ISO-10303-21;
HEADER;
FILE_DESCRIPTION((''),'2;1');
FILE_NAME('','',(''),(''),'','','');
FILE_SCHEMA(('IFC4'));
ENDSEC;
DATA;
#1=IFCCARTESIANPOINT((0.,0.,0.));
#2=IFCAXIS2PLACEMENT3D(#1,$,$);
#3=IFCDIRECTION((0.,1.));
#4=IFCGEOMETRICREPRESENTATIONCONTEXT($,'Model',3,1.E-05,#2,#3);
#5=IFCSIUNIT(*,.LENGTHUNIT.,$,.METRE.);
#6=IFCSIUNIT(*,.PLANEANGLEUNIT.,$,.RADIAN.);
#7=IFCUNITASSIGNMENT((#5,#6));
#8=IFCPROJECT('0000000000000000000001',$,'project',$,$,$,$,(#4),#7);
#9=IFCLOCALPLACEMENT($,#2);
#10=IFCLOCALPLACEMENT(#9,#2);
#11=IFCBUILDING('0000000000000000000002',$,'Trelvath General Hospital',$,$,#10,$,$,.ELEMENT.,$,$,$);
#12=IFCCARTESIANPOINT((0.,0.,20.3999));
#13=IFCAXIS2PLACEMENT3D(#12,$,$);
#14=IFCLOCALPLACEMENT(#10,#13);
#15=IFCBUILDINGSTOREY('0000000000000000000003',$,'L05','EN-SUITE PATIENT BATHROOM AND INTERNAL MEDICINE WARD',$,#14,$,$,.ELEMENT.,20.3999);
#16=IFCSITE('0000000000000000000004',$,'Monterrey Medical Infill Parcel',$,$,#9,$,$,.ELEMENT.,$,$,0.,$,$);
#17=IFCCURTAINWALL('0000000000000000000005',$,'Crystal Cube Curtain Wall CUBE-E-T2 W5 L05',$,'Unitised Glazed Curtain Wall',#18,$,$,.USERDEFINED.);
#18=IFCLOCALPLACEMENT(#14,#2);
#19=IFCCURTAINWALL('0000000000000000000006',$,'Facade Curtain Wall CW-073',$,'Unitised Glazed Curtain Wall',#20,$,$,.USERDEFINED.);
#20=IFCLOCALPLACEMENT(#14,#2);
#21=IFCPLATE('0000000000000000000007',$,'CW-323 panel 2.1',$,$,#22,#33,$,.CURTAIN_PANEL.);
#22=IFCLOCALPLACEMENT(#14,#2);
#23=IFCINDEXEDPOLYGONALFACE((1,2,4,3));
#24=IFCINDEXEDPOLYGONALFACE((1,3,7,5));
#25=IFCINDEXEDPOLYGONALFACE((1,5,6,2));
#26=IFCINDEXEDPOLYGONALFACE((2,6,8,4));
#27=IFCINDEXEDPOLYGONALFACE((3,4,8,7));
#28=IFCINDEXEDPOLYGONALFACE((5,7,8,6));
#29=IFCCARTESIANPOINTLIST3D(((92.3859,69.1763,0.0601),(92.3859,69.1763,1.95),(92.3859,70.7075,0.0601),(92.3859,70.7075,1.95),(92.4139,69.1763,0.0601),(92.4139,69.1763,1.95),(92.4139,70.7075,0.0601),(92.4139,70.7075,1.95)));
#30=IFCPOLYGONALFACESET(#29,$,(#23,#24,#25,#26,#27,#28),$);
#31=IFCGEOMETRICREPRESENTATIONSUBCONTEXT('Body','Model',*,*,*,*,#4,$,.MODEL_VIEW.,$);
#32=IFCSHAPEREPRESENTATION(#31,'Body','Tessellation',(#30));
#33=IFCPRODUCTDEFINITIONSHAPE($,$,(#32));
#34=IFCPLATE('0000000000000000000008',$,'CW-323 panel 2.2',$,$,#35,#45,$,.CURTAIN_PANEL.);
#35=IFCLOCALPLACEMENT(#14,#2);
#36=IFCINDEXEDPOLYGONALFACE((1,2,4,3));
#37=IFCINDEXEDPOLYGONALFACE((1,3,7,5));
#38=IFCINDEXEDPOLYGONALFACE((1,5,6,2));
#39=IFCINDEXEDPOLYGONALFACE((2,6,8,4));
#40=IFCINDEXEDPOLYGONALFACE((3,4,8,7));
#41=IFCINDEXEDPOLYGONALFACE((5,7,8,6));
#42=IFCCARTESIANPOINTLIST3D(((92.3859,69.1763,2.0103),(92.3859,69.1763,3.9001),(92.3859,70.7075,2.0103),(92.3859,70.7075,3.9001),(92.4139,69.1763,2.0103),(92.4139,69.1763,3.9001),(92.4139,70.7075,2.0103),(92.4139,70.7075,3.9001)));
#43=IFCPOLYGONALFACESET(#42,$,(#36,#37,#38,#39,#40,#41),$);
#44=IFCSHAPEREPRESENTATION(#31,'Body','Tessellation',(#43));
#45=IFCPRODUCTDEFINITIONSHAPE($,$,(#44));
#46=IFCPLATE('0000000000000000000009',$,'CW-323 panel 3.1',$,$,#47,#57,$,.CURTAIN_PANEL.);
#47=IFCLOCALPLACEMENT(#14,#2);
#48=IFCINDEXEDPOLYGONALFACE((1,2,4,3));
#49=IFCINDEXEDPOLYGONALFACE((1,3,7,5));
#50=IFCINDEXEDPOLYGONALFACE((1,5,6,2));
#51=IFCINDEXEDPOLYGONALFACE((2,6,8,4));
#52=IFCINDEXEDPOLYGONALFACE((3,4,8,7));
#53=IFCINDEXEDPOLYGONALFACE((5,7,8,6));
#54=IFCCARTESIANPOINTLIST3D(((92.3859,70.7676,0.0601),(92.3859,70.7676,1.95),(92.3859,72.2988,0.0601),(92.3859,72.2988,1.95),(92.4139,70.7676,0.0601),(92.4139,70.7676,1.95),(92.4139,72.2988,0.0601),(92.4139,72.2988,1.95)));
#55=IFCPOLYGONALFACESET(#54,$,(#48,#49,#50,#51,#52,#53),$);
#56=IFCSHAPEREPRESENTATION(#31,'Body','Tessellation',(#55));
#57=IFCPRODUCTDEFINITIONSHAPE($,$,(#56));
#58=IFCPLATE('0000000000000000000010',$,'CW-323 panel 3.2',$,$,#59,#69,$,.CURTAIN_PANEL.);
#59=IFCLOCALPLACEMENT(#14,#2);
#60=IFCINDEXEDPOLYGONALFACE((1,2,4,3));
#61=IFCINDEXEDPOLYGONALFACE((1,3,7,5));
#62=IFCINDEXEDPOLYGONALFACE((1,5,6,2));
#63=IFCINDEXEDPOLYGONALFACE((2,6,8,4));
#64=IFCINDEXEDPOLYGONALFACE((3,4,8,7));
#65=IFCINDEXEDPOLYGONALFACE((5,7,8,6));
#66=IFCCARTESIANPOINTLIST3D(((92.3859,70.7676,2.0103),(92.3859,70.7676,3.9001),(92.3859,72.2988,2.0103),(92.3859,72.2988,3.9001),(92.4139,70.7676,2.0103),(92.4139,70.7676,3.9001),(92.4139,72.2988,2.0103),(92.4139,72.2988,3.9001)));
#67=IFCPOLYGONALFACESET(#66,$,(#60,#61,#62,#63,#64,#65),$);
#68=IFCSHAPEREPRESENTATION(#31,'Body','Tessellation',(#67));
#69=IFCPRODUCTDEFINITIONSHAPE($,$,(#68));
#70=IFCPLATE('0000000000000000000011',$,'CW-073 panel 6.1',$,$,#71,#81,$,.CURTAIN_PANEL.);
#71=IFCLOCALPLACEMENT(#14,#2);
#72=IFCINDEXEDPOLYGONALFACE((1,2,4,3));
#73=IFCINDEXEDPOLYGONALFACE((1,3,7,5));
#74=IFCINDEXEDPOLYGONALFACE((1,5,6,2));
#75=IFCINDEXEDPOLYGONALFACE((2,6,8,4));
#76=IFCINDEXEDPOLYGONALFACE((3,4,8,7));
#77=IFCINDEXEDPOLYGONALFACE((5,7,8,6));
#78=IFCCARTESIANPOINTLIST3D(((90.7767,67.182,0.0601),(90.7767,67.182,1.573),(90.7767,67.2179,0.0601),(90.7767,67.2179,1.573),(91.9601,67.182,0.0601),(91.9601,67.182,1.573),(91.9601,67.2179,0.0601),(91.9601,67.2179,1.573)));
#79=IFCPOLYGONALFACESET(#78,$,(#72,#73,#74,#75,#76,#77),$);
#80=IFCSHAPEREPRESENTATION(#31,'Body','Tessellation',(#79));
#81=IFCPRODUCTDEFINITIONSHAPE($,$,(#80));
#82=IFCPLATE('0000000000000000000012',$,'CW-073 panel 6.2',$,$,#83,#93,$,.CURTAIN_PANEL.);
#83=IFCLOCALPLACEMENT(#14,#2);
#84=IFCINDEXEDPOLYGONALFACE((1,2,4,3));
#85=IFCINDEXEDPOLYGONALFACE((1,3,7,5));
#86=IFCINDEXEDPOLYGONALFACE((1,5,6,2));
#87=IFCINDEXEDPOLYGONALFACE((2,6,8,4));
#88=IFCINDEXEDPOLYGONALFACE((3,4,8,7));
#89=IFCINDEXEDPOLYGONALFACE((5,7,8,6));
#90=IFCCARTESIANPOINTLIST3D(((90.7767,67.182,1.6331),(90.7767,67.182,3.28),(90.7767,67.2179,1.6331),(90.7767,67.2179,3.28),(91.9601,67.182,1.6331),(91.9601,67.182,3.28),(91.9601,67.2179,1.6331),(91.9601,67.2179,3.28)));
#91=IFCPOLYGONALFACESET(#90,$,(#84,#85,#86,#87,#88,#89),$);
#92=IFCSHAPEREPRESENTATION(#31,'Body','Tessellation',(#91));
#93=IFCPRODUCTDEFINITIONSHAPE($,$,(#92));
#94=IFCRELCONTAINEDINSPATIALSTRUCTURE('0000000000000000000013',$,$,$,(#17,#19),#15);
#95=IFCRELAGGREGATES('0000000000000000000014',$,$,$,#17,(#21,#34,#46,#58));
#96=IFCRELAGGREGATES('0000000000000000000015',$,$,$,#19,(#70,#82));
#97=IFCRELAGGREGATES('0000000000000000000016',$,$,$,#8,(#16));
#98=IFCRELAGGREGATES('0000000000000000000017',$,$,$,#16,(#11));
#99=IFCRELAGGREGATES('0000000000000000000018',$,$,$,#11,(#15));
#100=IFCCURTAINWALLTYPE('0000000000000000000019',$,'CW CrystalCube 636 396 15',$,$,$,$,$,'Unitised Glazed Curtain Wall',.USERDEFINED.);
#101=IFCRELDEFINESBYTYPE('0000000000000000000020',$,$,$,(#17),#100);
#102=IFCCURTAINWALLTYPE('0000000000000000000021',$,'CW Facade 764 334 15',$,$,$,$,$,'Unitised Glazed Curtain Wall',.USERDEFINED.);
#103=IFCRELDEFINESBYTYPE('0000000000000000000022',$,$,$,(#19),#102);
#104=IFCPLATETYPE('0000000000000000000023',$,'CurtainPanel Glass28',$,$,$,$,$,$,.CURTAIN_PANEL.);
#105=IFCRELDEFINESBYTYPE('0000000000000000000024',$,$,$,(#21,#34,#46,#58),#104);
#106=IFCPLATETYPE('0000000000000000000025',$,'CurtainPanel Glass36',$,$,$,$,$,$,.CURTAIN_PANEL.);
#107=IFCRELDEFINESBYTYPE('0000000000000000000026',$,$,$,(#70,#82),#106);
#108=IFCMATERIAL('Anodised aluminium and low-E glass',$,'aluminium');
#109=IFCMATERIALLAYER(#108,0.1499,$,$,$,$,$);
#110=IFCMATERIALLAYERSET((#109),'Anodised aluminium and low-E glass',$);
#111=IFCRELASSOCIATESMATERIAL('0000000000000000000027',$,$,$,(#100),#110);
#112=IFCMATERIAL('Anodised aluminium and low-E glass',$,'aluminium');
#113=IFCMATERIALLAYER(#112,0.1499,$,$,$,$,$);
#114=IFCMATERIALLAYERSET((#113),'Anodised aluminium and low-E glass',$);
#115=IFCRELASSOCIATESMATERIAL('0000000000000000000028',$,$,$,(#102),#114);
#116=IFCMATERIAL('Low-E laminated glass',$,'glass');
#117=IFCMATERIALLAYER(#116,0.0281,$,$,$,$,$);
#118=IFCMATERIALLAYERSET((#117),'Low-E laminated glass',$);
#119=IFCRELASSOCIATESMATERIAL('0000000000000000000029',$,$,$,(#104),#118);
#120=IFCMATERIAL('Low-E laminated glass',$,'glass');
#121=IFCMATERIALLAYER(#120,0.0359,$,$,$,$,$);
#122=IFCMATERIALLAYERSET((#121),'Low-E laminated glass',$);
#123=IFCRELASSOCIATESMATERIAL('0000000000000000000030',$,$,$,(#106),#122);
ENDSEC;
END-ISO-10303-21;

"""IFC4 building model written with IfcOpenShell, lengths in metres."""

from ifc_helpers import new_model, si_unit, direction, frame, origin, origin_2d, place, context, subcontext, project, spatial, rectangle, extrude, material, layer, layer_set, type_object, element, aggregate, save


model = new_model("IFC4")

# Units and contexts
model_context = context("Model", 3, precision=1e-05, world=origin(), true_north=direction((0.0, 1.0)))
body_context = subcontext(model_context, "Body", "Model", "MODEL_VIEW")
ifc_project = project(units=[si_unit("LENGTHUNIT", "METRE"), si_unit("PLANEANGLEUNIT", "RADIAN")], contexts=[model_context])

# Site, building, storey
site_placement = place(None, origin())
site = spatial("IfcSite", under=ifc_project, at=site_placement, Name="Monterrey Medical Infill Parcel", CompositionType="ELEMENT", RefElevation=0.0)
building_placement = place(site_placement, origin())
building = spatial("IfcBuilding", under=site, at=building_placement, Name="Trelvath General Hospital", CompositionType="ELEMENT")
storey_placement = place(building_placement, frame((0.0, 0.0, 20.3999)))
storey = spatial("IfcBuildingStorey", under=building, at=storey_placement, Name="L05", Description="EN-SUITE PATIENT BATHROOM AND INTERNAL MEDICINE WARD", CompositionType="ELEMENT", Elevation=20.3999)

# Curtain walls
ifc_material_1 = material(Name="Anodised aluminium and low-E glass", Category="aluminium")
ifc_layer_1 = layer(ifc_material_1, 0.1499)
ifc_layer_set_1 = layer_set([ifc_layer_1], Name="Anodised aluminium and low-E glass")
curtain_wall_type_1 = type_object("IfcCurtainWallType", Name="CW CrystalCube 636 396 15", ElementType="Unitised Glazed Curtain Wall", PredefinedType="USERDEFINED", material=ifc_layer_set_1)
curtain_wall_1_placement = place(storey_placement, origin())
curtain_wall_1 = element("IfcCurtainWall", 1, at=curtain_wall_1_placement, inside=storey, type_object=curtain_wall_type_1, Name="Crystal Cube Curtain Wall CUBE-E-T2 W5 L05", ObjectType="Unitised Glazed Curtain Wall", PredefinedType="USERDEFINED")
ifc_material_2 = material(Name="Anodised aluminium and low-E glass", Category="aluminium")
ifc_layer_2 = layer(ifc_material_2, 0.1499)
ifc_layer_set_2 = layer_set([ifc_layer_2], Name="Anodised aluminium and low-E glass")
curtain_wall_type_2 = type_object("IfcCurtainWallType", Name="CW Facade 764 334 15", ElementType="Unitised Glazed Curtain Wall", PredefinedType="USERDEFINED", material=ifc_layer_set_2)
curtain_wall_2_placement = place(storey_placement, origin())
curtain_wall_2 = element("IfcCurtainWall", 2, at=curtain_wall_2_placement, inside=storey, type_object=curtain_wall_type_2, Name="Facade Curtain Wall CW-073", ObjectType="Unitised Glazed Curtain Wall", PredefinedType="USERDEFINED")

# Plates
ifc_material_3 = material(Name="Low-E laminated glass", Category="glass")
ifc_layer_3 = layer(ifc_material_3, 0.0281)
ifc_layer_set_3 = layer_set([ifc_layer_3], Name="Low-E laminated glass")
plate_type_1 = type_object("IfcPlateType", Name="CurtainPanel Glass28", PredefinedType="CURTAIN_PANEL", material=ifc_layer_set_3)
plate_1_placement = place(storey_placement, frame((92.3999, 69.9419, 0.0601), z_axis=(0.0, 0.0, 1.0), x_axis=(0.0, 1.0, 0.0)))
plate_1 = element("IfcPlate", 3, at=plate_1_placement, type_object=plate_type_1, Name="CW-323 panel 2.1", PredefinedType="CURTAIN_PANEL", context=body_context, shape_type="SweptSolid", body=[
    extrude(rectangle(XDim=1.5312, YDim=0.0281, at=origin_2d()), origin(), (0.0, 0.0, 1.0), 1.8899),
])
plate_2_placement = place(storey_placement, frame((92.3999, 69.9419, 2.0103), z_axis=(0.0, 0.0, 1.0), x_axis=(0.0, 1.0, 0.0)))
plate_2 = element("IfcPlate", 4, at=plate_2_placement, type_object=plate_type_1, Name="CW-323 panel 2.2", PredefinedType="CURTAIN_PANEL", context=body_context, shape_type="SweptSolid", body=[
    extrude(rectangle(XDim=1.5312, YDim=0.0281, at=origin_2d()), origin(), (0.0, 0.0, 1.0), 1.8899),
])
plate_3_placement = place(storey_placement, frame((92.3999, 71.5332, 0.0601), z_axis=(0.0, 0.0, 1.0), x_axis=(0.0, 1.0, 0.0)))
plate_3 = element("IfcPlate", 5, at=plate_3_placement, type_object=plate_type_1, Name="CW-323 panel 3.1", PredefinedType="CURTAIN_PANEL", context=body_context, shape_type="SweptSolid", body=[
    extrude(rectangle(XDim=1.5312, YDim=0.0281, at=origin_2d()), origin(), (0.0, 0.0, 1.0), 1.8899),
])
plate_4_placement = place(storey_placement, frame((92.3999, 71.5332, 2.0103), z_axis=(0.0, 0.0, 1.0), x_axis=(0.0, 1.0, 0.0)))
plate_4 = element("IfcPlate", 6, at=plate_4_placement, type_object=plate_type_1, Name="CW-323 panel 3.2", PredefinedType="CURTAIN_PANEL", context=body_context, shape_type="SweptSolid", body=[
    extrude(rectangle(XDim=1.5312, YDim=0.0281, at=origin_2d()), origin(), (0.0, 0.0, 1.0), 1.8899),
])
aggregate(curtain_wall_1, [plate_1, plate_2, plate_3, plate_4])
ifc_material_4 = material(Name="Low-E laminated glass", Category="glass")
ifc_layer_4 = layer(ifc_material_4, 0.0359)
ifc_layer_set_4 = layer_set([ifc_layer_4], Name="Low-E laminated glass")
plate_type_2 = type_object("IfcPlateType", Name="CurtainPanel Glass36", PredefinedType="CURTAIN_PANEL", material=ifc_layer_set_4)
plate_5_placement = place(storey_placement, frame((91.3684, 67.2, 0.0601), z_axis=(0.0, 0.0, 1.0), x_axis=(1.0, 0.0, 0.0)))
plate_5 = element("IfcPlate", 7, at=plate_5_placement, type_object=plate_type_2, Name="CW-073 panel 6.1", PredefinedType="CURTAIN_PANEL", context=body_context, shape_type="SweptSolid", body=[
    extrude(rectangle(XDim=1.1833, YDim=0.0359, at=origin_2d()), origin(), (0.0, 0.0, 1.0), 1.5129),
])
plate_6_placement = place(storey_placement, frame((91.3684, 67.2, 1.6331), z_axis=(0.0, 0.0, 1.0), x_axis=(1.0, 0.0, 0.0)))
plate_6 = element("IfcPlate", 8, at=plate_6_placement, type_object=plate_type_2, Name="CW-073 panel 6.2", PredefinedType="CURTAIN_PANEL", context=body_context, shape_type="SweptSolid", body=[
    extrude(rectangle(XDim=1.1833, YDim=0.0359, at=origin_2d()), origin(), (0.0, 0.0, 1.0), 1.647),
])
aggregate(curtain_wall_2, [plate_5, plate_6])

save(model, "model.ifc")
